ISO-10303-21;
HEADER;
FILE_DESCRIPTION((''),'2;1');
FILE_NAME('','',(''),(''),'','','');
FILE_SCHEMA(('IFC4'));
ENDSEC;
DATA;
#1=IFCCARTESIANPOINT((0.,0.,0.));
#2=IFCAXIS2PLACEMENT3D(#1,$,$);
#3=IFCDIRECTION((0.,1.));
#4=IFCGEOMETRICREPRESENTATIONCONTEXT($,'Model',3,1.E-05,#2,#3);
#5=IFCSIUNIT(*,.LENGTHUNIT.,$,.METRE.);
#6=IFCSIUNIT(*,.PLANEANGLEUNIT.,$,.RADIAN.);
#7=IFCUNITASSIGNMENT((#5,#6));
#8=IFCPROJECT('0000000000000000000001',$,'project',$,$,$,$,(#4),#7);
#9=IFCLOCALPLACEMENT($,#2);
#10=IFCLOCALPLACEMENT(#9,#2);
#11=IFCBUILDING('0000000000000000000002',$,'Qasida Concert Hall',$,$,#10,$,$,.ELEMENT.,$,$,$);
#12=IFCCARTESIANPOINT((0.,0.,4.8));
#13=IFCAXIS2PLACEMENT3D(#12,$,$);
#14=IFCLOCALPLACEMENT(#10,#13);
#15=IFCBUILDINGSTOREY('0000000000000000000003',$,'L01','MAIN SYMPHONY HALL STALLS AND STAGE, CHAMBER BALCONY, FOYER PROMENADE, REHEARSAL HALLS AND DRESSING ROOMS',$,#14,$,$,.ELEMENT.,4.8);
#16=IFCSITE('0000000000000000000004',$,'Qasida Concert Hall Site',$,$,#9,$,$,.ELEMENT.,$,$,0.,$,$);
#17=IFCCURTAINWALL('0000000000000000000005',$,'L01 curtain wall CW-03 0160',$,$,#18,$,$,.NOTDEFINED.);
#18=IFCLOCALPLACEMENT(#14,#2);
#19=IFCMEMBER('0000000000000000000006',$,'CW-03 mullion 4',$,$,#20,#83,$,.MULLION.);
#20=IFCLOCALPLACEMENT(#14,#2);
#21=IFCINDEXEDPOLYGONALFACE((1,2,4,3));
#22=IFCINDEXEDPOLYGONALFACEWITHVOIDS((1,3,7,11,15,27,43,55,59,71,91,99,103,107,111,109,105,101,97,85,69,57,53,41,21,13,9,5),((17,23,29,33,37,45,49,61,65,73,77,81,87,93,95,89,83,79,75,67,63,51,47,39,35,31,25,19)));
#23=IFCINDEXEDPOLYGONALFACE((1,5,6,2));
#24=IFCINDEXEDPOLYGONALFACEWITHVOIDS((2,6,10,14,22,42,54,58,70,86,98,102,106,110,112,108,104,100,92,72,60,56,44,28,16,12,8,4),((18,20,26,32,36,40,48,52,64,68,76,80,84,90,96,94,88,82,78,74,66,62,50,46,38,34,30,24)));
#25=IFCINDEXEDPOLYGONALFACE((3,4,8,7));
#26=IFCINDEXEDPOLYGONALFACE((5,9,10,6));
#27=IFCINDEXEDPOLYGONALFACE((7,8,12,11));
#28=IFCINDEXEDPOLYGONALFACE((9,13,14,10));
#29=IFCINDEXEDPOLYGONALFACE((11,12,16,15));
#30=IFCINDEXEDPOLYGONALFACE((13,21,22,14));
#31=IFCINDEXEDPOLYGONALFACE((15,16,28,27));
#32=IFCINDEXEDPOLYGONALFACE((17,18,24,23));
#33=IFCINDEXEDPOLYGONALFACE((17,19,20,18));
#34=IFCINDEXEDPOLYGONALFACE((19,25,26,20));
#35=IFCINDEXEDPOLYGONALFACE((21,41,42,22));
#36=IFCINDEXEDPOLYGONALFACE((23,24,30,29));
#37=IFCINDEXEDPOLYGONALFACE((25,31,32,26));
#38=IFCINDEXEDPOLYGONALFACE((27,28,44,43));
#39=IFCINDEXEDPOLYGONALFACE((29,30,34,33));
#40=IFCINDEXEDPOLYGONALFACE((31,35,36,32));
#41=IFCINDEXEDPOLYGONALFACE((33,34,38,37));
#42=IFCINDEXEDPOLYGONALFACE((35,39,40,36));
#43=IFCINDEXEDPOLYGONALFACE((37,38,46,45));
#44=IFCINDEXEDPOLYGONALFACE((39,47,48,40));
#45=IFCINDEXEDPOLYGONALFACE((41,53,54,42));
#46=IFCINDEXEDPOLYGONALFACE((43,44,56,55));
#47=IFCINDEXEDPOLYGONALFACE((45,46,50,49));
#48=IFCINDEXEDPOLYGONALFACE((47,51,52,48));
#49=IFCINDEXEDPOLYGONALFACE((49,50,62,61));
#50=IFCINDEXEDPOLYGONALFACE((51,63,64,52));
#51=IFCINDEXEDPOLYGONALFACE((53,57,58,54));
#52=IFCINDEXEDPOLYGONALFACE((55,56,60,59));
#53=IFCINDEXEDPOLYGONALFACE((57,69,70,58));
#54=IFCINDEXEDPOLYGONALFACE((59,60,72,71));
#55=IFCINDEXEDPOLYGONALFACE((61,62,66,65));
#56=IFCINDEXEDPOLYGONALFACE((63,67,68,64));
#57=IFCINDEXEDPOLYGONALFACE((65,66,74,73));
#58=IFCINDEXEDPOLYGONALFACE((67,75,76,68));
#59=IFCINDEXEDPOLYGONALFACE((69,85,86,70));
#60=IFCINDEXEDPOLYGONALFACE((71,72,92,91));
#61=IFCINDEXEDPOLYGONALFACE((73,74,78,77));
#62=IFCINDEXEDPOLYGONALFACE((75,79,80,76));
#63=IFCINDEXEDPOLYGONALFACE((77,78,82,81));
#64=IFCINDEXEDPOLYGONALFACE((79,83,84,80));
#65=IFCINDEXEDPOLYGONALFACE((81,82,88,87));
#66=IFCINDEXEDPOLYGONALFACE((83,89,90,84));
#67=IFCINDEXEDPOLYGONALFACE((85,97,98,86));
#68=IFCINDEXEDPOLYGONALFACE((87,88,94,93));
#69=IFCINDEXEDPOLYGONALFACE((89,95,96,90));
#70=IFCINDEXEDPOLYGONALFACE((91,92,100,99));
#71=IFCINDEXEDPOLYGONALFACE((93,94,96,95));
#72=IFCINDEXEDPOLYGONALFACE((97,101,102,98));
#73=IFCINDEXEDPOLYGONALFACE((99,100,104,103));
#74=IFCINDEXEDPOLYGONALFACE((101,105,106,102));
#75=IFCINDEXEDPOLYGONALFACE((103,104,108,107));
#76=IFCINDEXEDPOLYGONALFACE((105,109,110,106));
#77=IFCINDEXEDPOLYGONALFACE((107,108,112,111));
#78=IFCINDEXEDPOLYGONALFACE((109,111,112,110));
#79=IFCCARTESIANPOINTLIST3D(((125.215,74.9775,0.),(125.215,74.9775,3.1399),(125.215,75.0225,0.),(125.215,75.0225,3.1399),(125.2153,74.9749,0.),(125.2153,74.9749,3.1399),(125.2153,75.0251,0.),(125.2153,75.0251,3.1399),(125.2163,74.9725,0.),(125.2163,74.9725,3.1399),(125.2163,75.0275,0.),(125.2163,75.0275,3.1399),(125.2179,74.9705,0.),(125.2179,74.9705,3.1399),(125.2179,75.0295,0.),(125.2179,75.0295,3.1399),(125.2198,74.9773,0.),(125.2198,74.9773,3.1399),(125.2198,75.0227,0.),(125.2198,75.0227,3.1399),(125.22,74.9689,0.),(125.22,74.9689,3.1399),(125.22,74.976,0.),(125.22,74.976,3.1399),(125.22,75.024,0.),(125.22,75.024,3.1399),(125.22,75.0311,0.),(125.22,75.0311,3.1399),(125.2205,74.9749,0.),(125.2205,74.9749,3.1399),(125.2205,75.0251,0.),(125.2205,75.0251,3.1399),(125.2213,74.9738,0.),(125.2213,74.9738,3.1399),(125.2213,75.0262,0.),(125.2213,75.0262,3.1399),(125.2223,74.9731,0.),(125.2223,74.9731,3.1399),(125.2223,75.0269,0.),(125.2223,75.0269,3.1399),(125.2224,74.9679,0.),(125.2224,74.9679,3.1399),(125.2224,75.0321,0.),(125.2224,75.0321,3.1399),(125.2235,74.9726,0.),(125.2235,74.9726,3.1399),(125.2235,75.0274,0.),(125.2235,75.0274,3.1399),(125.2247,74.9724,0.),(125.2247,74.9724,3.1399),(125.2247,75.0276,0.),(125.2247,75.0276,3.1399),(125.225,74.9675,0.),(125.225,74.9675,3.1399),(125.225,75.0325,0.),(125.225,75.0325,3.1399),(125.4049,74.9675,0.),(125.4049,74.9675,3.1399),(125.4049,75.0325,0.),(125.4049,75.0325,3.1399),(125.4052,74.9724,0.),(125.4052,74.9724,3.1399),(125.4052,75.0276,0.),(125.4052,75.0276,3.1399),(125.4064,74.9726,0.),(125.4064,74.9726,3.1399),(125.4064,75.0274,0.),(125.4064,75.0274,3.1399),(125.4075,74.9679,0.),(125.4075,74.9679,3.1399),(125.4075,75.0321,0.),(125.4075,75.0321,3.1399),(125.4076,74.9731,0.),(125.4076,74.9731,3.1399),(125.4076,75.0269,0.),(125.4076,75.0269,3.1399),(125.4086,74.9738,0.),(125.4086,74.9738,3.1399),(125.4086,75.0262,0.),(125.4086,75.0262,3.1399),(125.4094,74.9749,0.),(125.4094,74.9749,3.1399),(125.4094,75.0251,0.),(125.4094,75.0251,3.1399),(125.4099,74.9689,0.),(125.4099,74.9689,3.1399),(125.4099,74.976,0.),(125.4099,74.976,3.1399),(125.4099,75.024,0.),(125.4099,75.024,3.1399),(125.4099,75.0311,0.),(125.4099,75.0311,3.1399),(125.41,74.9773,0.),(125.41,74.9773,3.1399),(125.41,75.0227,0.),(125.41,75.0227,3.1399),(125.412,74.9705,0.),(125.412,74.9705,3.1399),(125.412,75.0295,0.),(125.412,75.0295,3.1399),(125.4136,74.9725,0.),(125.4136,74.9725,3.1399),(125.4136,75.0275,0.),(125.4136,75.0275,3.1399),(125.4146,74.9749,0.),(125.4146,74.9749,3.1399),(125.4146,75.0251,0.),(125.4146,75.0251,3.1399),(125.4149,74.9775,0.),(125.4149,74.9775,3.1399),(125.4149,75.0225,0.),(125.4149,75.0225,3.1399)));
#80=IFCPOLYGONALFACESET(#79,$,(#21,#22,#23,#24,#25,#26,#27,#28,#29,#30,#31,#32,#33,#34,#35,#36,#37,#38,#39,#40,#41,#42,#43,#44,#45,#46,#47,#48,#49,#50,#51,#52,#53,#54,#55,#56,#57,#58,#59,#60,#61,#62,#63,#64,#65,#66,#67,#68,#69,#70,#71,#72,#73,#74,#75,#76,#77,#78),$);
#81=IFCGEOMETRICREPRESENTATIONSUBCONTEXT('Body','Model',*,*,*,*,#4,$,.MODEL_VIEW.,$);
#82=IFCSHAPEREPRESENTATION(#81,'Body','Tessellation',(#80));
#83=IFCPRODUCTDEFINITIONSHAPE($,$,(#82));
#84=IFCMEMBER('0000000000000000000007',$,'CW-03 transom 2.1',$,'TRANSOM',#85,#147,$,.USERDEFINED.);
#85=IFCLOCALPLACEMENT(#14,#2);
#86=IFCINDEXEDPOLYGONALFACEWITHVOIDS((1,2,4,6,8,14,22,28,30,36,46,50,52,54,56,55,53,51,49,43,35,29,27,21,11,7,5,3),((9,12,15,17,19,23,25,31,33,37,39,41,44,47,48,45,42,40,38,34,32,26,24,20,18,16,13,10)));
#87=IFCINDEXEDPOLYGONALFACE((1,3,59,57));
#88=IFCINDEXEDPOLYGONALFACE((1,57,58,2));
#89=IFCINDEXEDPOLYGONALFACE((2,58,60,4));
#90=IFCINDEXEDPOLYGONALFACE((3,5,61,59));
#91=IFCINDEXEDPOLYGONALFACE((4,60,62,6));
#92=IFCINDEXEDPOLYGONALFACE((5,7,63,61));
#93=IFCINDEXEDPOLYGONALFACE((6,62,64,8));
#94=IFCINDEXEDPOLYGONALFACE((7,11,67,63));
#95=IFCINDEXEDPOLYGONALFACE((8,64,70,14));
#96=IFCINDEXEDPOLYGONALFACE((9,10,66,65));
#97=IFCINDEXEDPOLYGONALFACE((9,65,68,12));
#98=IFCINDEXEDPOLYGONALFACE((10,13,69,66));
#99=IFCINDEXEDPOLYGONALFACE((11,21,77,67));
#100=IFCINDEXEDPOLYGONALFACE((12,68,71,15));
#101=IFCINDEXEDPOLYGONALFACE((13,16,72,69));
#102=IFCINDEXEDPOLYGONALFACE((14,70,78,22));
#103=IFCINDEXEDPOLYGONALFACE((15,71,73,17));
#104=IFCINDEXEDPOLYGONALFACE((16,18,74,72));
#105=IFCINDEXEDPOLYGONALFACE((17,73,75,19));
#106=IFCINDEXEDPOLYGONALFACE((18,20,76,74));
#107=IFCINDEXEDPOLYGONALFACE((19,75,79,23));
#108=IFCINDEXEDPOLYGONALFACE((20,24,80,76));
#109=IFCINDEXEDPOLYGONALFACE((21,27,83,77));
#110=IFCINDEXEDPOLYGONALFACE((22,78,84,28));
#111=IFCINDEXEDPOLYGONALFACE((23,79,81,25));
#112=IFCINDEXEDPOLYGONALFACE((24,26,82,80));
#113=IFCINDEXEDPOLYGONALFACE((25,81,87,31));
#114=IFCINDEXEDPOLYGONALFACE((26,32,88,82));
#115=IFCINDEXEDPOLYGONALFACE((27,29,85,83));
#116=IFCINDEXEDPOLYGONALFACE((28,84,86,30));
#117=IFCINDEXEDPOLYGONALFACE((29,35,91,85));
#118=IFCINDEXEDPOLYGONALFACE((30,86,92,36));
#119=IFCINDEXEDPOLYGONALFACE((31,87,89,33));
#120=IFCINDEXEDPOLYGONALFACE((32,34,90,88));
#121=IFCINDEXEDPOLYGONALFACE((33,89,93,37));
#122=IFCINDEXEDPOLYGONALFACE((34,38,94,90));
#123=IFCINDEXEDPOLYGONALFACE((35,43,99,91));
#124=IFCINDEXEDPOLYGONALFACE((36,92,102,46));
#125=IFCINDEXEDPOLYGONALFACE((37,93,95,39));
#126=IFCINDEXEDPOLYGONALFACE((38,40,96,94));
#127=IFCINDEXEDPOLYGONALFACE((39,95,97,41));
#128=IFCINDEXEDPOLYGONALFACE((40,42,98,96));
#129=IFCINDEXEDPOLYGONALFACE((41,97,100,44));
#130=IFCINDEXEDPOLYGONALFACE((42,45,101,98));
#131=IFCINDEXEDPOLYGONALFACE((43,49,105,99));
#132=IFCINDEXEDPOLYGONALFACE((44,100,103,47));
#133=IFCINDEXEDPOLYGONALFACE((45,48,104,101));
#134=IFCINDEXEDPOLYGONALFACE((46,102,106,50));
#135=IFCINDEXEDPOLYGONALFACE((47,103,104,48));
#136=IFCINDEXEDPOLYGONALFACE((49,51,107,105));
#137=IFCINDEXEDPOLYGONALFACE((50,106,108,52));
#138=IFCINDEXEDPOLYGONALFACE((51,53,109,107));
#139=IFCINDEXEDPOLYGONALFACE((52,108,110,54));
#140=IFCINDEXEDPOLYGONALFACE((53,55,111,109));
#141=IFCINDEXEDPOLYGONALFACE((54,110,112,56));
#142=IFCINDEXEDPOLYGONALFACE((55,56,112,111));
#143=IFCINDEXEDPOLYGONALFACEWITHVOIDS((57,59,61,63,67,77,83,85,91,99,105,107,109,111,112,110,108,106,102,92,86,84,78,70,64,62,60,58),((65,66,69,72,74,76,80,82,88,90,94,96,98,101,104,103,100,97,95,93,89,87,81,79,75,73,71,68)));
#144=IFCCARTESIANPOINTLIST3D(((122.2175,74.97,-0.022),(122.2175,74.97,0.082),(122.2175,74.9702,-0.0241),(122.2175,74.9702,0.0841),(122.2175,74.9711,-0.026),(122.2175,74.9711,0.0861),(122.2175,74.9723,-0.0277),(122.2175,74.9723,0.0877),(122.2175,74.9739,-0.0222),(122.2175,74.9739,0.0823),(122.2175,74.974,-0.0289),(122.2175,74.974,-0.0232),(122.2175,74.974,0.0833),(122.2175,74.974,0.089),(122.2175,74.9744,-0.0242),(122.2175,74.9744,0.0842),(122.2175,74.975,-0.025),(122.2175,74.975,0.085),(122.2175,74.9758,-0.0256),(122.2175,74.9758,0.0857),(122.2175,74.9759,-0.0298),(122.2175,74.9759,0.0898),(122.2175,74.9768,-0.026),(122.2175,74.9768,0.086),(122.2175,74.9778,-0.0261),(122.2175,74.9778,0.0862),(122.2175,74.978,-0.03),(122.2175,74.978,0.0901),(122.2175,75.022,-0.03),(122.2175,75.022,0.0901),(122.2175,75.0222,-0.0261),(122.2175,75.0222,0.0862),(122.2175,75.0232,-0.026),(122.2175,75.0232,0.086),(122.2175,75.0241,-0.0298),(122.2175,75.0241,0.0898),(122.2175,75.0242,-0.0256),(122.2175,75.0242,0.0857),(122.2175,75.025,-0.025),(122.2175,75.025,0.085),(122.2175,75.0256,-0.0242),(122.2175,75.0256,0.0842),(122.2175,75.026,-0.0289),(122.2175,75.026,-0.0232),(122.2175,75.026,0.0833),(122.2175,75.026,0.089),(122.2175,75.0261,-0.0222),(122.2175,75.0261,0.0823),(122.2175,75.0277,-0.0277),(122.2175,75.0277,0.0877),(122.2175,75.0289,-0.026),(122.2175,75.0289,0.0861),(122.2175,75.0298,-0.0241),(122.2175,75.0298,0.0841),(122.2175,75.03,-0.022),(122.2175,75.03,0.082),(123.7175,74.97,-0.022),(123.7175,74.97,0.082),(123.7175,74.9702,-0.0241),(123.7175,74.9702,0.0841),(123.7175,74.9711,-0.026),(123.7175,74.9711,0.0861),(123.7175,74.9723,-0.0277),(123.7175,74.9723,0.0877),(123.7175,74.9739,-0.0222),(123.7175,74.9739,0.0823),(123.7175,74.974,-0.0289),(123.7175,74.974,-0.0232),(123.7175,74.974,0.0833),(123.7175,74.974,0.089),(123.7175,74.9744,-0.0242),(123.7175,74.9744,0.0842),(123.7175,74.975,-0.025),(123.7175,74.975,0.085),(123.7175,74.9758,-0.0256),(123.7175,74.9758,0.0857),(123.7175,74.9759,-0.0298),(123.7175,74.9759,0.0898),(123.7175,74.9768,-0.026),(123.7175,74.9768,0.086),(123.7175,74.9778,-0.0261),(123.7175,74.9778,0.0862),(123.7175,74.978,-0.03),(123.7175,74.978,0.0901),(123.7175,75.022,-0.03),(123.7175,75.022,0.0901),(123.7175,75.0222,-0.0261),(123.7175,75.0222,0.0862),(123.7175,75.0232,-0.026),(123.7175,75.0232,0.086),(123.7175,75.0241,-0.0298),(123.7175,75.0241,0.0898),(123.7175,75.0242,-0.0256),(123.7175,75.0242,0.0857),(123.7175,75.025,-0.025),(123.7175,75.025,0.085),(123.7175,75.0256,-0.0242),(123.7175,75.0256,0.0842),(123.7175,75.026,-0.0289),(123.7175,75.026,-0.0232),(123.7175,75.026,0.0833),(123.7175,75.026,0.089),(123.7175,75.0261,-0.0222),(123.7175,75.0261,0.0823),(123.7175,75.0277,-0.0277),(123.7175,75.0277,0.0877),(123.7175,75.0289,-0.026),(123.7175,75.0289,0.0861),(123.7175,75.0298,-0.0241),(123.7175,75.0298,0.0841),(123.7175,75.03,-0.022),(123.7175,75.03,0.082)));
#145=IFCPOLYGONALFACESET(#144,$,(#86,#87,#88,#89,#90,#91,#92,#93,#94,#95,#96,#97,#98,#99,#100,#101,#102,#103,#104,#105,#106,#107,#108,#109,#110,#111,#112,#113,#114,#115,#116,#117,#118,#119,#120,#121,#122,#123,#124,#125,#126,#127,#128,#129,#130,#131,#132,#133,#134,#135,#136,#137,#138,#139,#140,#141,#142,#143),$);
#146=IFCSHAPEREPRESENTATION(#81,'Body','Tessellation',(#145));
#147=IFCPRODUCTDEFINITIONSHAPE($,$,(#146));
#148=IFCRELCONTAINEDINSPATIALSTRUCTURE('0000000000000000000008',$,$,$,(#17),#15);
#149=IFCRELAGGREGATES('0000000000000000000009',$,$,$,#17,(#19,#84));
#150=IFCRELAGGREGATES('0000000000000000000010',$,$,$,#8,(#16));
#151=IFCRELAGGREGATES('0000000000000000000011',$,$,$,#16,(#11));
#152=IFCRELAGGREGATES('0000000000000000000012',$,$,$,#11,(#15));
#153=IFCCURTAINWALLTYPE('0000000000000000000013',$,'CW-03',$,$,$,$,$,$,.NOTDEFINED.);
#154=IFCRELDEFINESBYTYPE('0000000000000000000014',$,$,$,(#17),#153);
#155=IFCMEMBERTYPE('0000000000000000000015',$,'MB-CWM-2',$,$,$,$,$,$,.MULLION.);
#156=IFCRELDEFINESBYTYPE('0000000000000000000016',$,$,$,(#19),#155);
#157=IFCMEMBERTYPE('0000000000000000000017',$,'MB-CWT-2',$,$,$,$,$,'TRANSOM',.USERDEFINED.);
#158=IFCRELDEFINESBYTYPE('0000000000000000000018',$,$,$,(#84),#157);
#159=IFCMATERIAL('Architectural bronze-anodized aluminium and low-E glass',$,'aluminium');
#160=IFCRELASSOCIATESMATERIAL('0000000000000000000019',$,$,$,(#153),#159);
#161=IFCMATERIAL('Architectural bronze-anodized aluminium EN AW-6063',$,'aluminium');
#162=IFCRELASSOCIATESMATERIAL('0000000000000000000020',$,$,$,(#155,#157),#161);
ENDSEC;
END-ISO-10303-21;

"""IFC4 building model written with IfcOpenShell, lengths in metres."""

from ifc_helpers import new_model, si_unit, direction, frame, origin, origin_2d, place, context, subcontext, project, spatial, hollow_rectangle, extrude, material, material_profile, profile_set, type_object, element, aggregate, save


model = new_model("IFC4")

# Units and contexts
model_context = context("Model", 3, precision=1e-05, world=origin(), true_north=direction((0.0, 1.0)))
body_context = subcontext(model_context, "Body", "Model", "MODEL_VIEW")
ifc_project = project(units=[si_unit("LENGTHUNIT", "METRE"), si_unit("PLANEANGLEUNIT", "RADIAN")], contexts=[model_context])

# Site, building, storey
site_placement = place(None, origin())
site = spatial("IfcSite", under=ifc_project, at=site_placement, Name="Qasida Concert Hall Site", CompositionType="ELEMENT", RefElevation=0.0)
building_placement = place(site_placement, origin())
building = spatial("IfcBuilding", under=site, at=building_placement, Name="Qasida Concert Hall", CompositionType="ELEMENT")
storey_placement = place(building_placement, frame((0.0, 0.0, 4.8)))
storey = spatial("IfcBuildingStorey", under=building, at=storey_placement, Name="L01", Description="MAIN SYMPHONY HALL STALLS AND STAGE, CHAMBER BALCONY, FOYER PROMENADE, REHEARSAL HALLS AND DRESSING ROOMS", CompositionType="ELEMENT", Elevation=4.8)

# Curtain wall, members
ifc_material_1 = material(Name="Architectural bronze-anodized aluminium and low-E glass", Category="aluminium")
curtain_wall_type = type_object("IfcCurtainWallType", Name="CW-03", PredefinedType="NOTDEFINED", material=ifc_material_1)
curtain_wall_placement = place(storey_placement, origin())
curtain_wall = element("IfcCurtainWall", 1, at=curtain_wall_placement, inside=storey, type_object=curtain_wall_type, Name="L01 curtain wall CW-03 0160", PredefinedType="NOTDEFINED")
ifc_material_2 = material(Name="Architectural bronze-anodized aluminium EN AW-6063", Category="aluminium")
ifc_material_profile_1 = material_profile(ifc_material_2, hollow_rectangle(XDim=0.0649, YDim=0.2, WallThickness=0.0049, InnerFilletRadius=0.0049, OuterFilletRadius=0.01, at=origin_2d()), Name="CWM 200x65x5")
ifc_profile_set_1 = profile_set([ifc_material_profile_1], Name="Architectural bronze-anodized aluminium EN AW-6063")
member_type_1 = type_object("IfcMemberType", Name="MB-CWM-2", PredefinedType="MULLION", material=ifc_profile_set_1)
member_1_placement = place(storey_placement, frame((125.3149, 75.0, 0.0), z_axis=(0.0, 0.0, 1.0), x_axis=(0.0, 1.0, 0.0)))
member_1 = element("IfcMember", 2, at=member_1_placement, type_object=member_type_1, Name="CW-03 mullion 4", PredefinedType="MULLION", context=body_context, shape_type="SweptSolid", body=[
    extrude(hollow_rectangle(XDim=0.0649, YDim=0.2, WallThickness=0.0049, InnerFilletRadius=0.0049, OuterFilletRadius=0.01, at=origin_2d()), origin(), (0.0, 0.0, 1.0), 3.1399),
])
ifc_material_profile_2 = material_profile(ifc_material_2, hollow_rectangle(XDim=0.0601, YDim=0.1201, WallThickness=0.0039, InnerFilletRadius=0.0039, OuterFilletRadius=0.0081, at=origin_2d()), Name="CWT 120x60x4")
ifc_profile_set_2 = profile_set([ifc_material_profile_2], Name="Architectural bronze-anodized aluminium EN AW-6063")
member_type_2 = type_object("IfcMemberType", Name="MB-CWT-2", ElementType="TRANSOM", PredefinedType="USERDEFINED", material=ifc_profile_set_2)
member_2_placement = place(storey_placement, frame((122.2175, 75.0, 0.03), z_axis=(1.0, 0.0, 0.0), x_axis=(0.0, 1.0, 0.0)))
member_2 = element("IfcMember", 3, at=member_2_placement, type_object=member_type_2, Name="CW-03 transom 2.1", ObjectType="TRANSOM", PredefinedType="USERDEFINED", context=body_context, shape_type="SweptSolid", body=[
    extrude(hollow_rectangle(XDim=0.0601, YDim=0.1201, WallThickness=0.0039, InnerFilletRadius=0.0039, OuterFilletRadius=0.0081, at=origin_2d()), origin(), (0.0, 0.0, 1.0), 1.5),
])
aggregate(curtain_wall, [member_1, member_2])

save(model, "model.ifc")
